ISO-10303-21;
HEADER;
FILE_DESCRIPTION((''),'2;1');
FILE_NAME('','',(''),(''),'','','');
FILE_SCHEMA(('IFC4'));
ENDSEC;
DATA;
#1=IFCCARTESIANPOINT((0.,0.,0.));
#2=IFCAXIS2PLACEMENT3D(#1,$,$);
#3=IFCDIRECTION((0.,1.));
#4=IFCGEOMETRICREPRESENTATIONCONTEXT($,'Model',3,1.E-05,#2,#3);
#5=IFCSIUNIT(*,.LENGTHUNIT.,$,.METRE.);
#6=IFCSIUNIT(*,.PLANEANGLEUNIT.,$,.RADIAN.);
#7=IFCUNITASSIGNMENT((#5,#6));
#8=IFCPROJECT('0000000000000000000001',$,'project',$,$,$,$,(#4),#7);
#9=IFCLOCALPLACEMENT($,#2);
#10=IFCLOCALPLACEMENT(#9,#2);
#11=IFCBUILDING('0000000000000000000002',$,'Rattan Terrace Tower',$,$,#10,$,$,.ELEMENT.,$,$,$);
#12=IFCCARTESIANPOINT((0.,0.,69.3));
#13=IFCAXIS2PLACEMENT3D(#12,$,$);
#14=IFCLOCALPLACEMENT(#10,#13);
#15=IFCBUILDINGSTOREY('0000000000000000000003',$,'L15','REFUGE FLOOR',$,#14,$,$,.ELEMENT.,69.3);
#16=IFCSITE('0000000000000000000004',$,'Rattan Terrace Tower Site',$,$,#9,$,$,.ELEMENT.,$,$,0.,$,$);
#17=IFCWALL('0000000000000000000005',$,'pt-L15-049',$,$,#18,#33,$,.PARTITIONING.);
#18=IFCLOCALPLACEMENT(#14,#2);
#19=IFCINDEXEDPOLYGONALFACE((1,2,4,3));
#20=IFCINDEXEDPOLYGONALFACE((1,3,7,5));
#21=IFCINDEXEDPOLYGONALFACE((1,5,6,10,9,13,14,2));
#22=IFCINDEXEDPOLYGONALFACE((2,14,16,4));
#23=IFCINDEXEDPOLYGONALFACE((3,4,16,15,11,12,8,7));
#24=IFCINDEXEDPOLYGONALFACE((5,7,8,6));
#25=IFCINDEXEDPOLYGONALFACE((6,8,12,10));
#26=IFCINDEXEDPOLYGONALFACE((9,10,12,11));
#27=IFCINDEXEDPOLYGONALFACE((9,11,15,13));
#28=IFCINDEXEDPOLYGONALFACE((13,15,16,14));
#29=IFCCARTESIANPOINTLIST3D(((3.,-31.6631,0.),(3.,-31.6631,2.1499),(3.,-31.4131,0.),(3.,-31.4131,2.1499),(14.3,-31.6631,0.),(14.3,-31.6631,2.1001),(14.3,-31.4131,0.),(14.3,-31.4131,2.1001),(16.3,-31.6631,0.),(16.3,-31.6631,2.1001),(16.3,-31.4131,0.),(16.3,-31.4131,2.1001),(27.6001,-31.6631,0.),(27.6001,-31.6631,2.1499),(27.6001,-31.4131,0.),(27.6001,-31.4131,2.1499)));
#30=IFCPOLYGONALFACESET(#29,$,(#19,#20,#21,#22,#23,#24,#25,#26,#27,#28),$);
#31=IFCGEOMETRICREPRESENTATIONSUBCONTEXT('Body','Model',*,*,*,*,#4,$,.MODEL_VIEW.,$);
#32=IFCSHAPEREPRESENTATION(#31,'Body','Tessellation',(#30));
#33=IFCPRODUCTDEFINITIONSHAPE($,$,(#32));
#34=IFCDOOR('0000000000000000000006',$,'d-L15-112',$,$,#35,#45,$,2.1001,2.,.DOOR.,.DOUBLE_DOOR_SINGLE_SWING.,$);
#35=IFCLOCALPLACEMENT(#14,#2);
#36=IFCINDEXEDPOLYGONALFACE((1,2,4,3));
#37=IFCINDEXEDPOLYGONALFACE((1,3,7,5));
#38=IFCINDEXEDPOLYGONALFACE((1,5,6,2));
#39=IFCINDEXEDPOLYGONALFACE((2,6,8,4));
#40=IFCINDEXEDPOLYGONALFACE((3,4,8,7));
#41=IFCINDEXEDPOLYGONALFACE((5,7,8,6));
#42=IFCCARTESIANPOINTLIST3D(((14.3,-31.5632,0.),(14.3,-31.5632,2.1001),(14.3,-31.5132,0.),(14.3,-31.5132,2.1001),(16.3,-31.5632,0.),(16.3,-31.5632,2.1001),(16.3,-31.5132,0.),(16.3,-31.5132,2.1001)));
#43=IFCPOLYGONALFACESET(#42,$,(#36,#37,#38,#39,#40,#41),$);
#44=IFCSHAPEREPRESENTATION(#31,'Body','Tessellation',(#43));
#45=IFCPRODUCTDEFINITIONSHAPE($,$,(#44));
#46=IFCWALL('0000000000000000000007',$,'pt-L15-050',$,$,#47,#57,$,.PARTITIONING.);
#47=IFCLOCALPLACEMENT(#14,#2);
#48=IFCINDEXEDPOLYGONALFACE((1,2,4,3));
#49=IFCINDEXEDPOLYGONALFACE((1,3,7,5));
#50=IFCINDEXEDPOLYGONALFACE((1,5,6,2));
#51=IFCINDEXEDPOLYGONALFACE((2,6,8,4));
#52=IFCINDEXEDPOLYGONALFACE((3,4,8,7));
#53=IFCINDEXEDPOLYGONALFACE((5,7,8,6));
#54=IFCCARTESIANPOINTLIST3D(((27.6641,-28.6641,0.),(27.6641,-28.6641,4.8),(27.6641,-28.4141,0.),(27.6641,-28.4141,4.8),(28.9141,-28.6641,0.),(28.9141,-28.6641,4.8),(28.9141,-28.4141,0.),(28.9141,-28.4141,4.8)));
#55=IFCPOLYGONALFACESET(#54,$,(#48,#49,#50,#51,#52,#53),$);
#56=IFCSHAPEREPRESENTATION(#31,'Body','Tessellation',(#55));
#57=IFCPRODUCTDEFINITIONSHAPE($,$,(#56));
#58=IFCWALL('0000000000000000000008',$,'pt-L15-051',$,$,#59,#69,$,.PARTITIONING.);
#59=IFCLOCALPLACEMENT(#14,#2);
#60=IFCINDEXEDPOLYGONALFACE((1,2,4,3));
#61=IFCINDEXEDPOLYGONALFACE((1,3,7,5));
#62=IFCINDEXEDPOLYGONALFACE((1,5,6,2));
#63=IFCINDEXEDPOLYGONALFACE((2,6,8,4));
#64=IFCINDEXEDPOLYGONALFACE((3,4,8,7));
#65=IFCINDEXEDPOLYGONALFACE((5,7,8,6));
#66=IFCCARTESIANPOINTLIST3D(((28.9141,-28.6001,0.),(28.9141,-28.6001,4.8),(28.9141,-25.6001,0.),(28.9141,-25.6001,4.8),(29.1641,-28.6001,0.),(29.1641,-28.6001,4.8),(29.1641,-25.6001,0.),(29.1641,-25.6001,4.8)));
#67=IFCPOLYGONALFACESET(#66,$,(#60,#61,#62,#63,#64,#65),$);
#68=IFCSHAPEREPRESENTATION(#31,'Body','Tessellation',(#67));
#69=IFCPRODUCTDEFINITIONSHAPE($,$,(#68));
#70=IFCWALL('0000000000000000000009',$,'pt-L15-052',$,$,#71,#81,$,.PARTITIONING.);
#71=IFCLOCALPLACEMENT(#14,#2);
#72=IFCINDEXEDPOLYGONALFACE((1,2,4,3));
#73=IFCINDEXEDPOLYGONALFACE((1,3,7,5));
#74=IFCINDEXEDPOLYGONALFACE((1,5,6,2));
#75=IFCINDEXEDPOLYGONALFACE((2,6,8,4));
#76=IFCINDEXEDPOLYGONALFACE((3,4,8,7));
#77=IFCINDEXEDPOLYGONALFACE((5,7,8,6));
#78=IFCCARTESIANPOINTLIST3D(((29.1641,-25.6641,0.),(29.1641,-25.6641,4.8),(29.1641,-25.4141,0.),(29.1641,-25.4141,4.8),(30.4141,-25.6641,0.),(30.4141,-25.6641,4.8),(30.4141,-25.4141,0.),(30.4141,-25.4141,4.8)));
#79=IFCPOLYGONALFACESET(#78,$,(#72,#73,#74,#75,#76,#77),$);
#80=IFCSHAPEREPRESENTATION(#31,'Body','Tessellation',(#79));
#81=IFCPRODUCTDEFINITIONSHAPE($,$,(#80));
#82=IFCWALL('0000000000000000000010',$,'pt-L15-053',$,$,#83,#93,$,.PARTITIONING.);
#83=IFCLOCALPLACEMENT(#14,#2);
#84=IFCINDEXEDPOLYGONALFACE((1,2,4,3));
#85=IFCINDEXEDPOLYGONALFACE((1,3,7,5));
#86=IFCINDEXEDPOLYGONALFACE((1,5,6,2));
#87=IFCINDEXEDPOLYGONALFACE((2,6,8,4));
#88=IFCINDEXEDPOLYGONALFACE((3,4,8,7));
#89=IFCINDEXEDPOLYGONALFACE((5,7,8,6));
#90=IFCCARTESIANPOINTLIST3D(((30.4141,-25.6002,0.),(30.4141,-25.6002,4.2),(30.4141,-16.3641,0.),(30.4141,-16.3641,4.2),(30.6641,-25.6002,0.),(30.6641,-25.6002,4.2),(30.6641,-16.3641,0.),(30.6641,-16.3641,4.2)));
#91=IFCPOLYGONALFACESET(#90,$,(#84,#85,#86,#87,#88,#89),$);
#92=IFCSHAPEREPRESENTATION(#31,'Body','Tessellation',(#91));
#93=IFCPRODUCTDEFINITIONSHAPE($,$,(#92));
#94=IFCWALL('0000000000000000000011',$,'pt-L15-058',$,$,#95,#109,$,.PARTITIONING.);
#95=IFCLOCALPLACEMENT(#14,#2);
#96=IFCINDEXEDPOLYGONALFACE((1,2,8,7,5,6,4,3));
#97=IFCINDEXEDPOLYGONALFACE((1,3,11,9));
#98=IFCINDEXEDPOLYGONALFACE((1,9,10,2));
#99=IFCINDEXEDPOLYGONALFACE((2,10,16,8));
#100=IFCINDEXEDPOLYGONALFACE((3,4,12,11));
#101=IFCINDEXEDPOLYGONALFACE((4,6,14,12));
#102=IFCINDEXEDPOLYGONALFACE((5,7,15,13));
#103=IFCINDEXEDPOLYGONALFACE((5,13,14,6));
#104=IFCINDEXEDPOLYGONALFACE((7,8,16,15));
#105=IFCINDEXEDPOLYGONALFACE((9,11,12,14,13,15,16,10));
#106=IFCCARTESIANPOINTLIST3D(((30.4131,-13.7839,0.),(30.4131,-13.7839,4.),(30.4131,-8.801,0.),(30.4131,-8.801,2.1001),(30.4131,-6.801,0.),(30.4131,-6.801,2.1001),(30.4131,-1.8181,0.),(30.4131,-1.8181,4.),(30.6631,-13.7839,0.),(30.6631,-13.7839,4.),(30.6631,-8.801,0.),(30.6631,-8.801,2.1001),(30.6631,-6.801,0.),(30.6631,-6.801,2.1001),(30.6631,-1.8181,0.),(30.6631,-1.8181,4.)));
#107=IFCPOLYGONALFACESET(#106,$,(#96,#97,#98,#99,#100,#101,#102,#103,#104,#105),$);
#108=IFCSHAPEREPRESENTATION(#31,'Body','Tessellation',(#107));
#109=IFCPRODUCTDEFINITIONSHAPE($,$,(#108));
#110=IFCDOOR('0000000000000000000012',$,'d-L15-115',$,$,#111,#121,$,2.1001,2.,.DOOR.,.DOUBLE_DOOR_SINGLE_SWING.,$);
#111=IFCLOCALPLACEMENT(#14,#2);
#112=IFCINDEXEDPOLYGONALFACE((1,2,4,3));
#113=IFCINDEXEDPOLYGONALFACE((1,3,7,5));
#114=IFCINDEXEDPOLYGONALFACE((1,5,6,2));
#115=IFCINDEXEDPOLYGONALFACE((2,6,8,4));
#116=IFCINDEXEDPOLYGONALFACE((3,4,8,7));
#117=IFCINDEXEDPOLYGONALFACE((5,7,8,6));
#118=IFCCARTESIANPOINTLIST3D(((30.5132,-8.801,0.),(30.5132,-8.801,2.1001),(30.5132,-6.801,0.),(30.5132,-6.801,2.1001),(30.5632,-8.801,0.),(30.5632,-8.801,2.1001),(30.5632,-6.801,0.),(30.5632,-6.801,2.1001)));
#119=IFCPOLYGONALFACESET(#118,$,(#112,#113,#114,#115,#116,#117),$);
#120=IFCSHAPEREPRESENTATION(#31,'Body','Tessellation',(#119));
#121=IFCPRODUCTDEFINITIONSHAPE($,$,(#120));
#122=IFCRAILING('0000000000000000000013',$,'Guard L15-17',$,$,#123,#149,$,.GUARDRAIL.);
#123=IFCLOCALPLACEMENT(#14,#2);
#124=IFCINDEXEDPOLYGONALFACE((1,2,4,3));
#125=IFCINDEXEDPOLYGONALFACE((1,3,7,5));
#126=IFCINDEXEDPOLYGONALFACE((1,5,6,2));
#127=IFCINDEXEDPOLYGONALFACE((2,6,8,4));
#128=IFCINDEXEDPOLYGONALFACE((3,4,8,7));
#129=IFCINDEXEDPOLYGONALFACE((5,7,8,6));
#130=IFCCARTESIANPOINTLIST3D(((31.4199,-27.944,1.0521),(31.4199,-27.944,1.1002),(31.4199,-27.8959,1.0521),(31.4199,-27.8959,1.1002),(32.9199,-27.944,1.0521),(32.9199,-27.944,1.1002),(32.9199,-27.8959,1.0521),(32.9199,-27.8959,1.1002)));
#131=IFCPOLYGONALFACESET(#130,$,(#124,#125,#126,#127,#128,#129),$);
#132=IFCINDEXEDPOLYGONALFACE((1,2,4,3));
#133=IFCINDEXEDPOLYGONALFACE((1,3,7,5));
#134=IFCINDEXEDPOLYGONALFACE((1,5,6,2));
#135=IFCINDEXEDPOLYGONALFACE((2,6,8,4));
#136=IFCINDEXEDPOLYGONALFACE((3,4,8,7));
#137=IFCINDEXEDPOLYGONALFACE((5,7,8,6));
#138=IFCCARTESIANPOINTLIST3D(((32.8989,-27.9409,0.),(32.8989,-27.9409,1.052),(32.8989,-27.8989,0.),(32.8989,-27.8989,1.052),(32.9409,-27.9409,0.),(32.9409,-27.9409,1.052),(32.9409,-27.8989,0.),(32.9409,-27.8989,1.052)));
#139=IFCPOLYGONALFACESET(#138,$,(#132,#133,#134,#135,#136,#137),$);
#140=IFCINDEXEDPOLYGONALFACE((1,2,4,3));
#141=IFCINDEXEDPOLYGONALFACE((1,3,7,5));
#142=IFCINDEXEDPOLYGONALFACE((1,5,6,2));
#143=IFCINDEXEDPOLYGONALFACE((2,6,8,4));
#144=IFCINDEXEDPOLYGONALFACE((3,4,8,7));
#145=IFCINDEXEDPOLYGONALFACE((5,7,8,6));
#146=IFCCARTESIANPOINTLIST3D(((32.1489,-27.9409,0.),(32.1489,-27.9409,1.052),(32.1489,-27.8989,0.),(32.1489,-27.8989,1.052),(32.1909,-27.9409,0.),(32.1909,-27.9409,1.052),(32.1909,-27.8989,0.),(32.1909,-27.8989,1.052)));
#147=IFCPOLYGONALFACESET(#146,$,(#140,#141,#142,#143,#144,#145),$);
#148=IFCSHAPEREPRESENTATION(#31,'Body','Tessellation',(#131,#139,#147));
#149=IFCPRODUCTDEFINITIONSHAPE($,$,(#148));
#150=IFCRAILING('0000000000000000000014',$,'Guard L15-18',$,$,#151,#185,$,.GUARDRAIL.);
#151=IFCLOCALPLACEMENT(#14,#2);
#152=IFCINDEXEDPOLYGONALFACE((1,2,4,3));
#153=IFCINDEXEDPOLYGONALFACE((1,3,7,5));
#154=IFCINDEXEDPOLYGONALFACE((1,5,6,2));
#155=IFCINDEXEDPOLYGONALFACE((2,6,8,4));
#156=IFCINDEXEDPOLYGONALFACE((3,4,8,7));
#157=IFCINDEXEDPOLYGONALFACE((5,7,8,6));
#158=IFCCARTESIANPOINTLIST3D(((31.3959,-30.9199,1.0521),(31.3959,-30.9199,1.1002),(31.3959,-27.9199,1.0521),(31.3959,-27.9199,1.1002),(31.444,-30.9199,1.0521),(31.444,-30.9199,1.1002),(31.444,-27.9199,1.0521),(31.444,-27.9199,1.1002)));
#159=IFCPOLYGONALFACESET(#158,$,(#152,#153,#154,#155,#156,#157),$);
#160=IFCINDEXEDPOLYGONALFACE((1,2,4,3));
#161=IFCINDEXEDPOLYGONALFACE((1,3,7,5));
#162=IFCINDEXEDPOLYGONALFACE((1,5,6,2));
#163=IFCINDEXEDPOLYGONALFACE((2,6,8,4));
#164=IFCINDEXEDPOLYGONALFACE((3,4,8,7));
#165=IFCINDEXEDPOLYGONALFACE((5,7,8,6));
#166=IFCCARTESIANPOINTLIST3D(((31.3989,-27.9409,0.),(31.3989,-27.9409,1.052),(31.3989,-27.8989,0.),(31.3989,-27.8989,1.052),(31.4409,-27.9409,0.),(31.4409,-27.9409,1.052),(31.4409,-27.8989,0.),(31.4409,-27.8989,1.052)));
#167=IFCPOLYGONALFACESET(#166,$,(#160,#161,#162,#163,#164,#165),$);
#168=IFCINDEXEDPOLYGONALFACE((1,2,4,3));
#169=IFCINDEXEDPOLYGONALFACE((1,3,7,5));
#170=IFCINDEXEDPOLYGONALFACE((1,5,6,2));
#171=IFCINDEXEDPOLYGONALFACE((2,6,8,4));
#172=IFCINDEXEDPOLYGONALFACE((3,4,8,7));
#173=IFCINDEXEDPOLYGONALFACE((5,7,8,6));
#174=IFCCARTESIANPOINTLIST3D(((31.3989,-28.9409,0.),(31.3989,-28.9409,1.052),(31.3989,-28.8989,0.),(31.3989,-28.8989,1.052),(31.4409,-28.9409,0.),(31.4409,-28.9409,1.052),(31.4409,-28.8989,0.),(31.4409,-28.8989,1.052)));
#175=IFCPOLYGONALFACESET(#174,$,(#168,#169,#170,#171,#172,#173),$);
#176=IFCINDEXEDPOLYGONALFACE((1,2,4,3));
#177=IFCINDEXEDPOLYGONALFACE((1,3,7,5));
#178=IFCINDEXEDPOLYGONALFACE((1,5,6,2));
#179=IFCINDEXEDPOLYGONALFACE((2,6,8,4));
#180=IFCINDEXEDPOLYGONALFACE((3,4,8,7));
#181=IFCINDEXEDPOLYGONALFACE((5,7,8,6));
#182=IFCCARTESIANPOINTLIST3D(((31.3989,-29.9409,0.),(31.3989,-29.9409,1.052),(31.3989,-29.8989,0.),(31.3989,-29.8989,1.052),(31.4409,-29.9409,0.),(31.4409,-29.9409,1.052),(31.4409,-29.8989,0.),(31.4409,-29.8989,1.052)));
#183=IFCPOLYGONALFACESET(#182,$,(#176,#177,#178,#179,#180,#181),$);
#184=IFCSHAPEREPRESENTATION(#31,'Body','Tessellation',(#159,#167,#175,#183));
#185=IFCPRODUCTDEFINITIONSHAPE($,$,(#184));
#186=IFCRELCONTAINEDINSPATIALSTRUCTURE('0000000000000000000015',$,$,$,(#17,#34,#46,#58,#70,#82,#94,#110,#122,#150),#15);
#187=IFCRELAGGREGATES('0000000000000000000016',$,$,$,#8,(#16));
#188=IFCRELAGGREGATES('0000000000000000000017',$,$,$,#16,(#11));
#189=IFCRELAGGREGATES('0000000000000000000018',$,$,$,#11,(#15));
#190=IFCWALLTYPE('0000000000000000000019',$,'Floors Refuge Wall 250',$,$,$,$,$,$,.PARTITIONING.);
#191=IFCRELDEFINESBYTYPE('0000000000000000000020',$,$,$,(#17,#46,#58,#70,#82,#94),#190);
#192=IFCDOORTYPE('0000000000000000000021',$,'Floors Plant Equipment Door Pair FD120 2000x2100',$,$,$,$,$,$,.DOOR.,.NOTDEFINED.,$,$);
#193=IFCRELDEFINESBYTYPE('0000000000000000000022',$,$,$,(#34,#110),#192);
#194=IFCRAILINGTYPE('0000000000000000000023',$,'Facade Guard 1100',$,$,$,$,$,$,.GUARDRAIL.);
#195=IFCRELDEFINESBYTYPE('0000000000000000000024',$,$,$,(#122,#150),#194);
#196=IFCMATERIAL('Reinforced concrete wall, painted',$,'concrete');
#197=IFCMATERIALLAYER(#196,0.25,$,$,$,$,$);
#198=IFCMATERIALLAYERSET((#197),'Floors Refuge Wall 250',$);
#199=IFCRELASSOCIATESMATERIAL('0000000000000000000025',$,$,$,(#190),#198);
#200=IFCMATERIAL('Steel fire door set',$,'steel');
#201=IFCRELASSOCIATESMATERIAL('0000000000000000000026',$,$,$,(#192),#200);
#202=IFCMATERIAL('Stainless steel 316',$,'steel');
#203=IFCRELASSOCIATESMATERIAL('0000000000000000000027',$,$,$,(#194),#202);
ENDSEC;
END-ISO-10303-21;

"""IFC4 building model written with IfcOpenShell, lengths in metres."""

from ifc_helpers import new_model, si_unit, direction, frame, frame_2d, origin, origin_2d, place, context, subcontext, project, spatial, rectangle, extrude, material, layer, layer_set, type_object, element, fill, save


model = new_model("IFC4")

# Units and contexts
model_context = context("Model", 3, precision=1e-05, world=origin(), true_north=direction((0.0, 1.0)))
body_context = subcontext(model_context, "Body", "Model", "MODEL_VIEW")
ifc_project = project(units=[si_unit("LENGTHUNIT", "METRE"), si_unit("PLANEANGLEUNIT", "RADIAN")], contexts=[model_context])

# Site, building, storey
site_placement = place(None, origin())
site = spatial("IfcSite", under=ifc_project, at=site_placement, Name="Rattan Terrace Tower Site", CompositionType="ELEMENT", RefElevation=0.0)
building_placement = place(site_placement, origin())
building = spatial("IfcBuilding", under=site, at=building_placement, Name="Rattan Terrace Tower", CompositionType="ELEMENT")
storey_placement = place(building_placement, frame((0.0, 0.0, 69.3)))
storey = spatial("IfcBuildingStorey", under=building, at=storey_placement, Name="L15", Description="REFUGE FLOOR", CompositionType="ELEMENT", Elevation=69.3)

# Shared definitions
ifc_material_1 = material(Name="Reinforced concrete wall, painted", Category="concrete")
ifc_layer = layer(ifc_material_1, 0.25)
ifc_layer_set = layer_set([ifc_layer], Name="Floors Refuge Wall 250")
wall_type = type_object("IfcWallType", Name="Floors Refuge Wall 250", PredefinedType="PARTITIONING", material=ifc_layer_set)

# Wall, opening, door
wall_1_placement = place(storey_placement, frame((3.0, -31.5381, 0.0), z_axis=(0.0, 0.0, 1.0), x_axis=(1.0, 0.0, 0.0)))
wall_1 = element("IfcWall", 1, at=wall_1_placement, inside=storey, type_object=wall_type, Name="pt-L15-049", PredefinedType="PARTITIONING", context=body_context, shape_type="SweptSolid", body=[
    extrude(rectangle(XDim=24.6001, YDim=0.25, at=frame_2d((12.3, 0.0))), origin(), (0.0, 0.0, 1.0), 2.1499),
])
opening_1_placement = place(wall_1_placement, frame((11.3, 0.0, 0.0)))
opening_1 = element("IfcOpeningElement", 2, at=opening_1_placement, cuts=wall_1, PredefinedType="OPENING", context=body_context, shape_type="SweptSolid", body=[
    extrude(rectangle(XDim=2.0, YDim=2.1001, at=frame_2d((1.0, 1.05))), frame((0.0, 0.1355, 0.0), z_axis=(0.0, -1.0, 0.0), x_axis=(1.0, 0.0, 0.0)), (0.0, 0.0, 1.0), 0.271),
])
ifc_material_2 = material(Name="Steel fire door set", Category="steel")
door_type = type_object("IfcDoorType", Name="Floors Plant Equipment Door Pair FD120 2000x2100", OperationType="NOTDEFINED", PredefinedType="DOOR", material=ifc_material_2)
door_1_placement = place(opening_1_placement, origin())
door_1 = element("IfcDoor", 3, at=door_1_placement, inside=storey, type_object=door_type, Name="d-L15-112", OperationType="DOUBLE_DOOR_SINGLE_SWING", OverallHeight=2.1001, OverallWidth=2.0, PredefinedType="DOOR", context=body_context, shape_type="SweptSolid", body=[
    extrude(rectangle(XDim=2.0, YDim=2.1001, at=frame_2d((1.0, 1.05))), frame((0.0, 0.0249, 0.0), z_axis=(0.0, -1.0, 0.0), x_axis=(1.0, 0.0, 0.0)), (0.0, 0.0, 1.0), 0.05),
])
fill(opening_1, door_1)

# Walls
wall_2_placement = place(storey_placement, frame((28.9141, -28.5391, 0.0), z_axis=(0.0, 0.0, 1.0), x_axis=(-1.0, 0.0, 0.0)))
element("IfcWall", 4, at=wall_2_placement, inside=storey, type_object=wall_type, Name="pt-L15-050", PredefinedType="PARTITIONING", context=body_context, shape_type="SweptSolid", body=[
    extrude(rectangle(XDim=1.25, YDim=0.25, at=frame_2d((0.625, 0.0))), origin(), (0.0, 0.0, 1.0), 4.8),
])
wall_3_placement = place(storey_placement, frame((29.0391, -25.6001, 0.0), z_axis=(0.0, 0.0, 1.0), x_axis=(0.0, -1.0, 0.0)))
element("IfcWall", 5, at=wall_3_placement, inside=storey, type_object=wall_type, Name="pt-L15-051", PredefinedType="PARTITIONING", context=body_context, shape_type="SweptSolid", body=[
    extrude(rectangle(XDim=3.0, YDim=0.25, at=frame_2d((1.5, 0.0))), origin(), (0.0, 0.0, 1.0), 4.8),
])
wall_4_placement = place(storey_placement, frame((30.4141, -25.5391, 0.0), z_axis=(0.0, 0.0, 1.0), x_axis=(-1.0, 0.0, 0.0)))
element("IfcWall", 6, at=wall_4_placement, inside=storey, type_object=wall_type, Name="pt-L15-052", PredefinedType="PARTITIONING", context=body_context, shape_type="SweptSolid", body=[
    extrude(rectangle(XDim=1.25, YDim=0.25, at=frame_2d((0.625, 0.0))), origin(), (0.0, 0.0, 1.0), 4.8),
])
wall_5_placement = place(storey_placement, frame((30.5391, -16.364, 0.0), z_axis=(0.0, 0.0, 1.0), x_axis=(0.0, -1.0, 0.0)))
element("IfcWall", 7, at=wall_5_placement, inside=storey, type_object=wall_type, Name="pt-L15-053", PredefinedType="PARTITIONING", context=body_context, shape_type="SweptSolid", body=[
    extrude(rectangle(XDim=9.2361, YDim=0.25, at=frame_2d((4.6182, 0.0))), origin(), (0.0, 0.0, 1.0), 4.2),
])

# Wall, opening, door
wall_6_placement = place(storey_placement, frame((30.5381, -13.7839, 0.0), z_axis=(0.0, 0.0, 1.0), x_axis=(0.0, 1.0, 0.0)))
wall_6 = element("IfcWall", 8, at=wall_6_placement, inside=storey, type_object=wall_type, Name="pt-L15-058", PredefinedType="PARTITIONING", context=body_context, shape_type="SweptSolid", body=[
    extrude(rectangle(XDim=11.9658, YDim=0.25, at=frame_2d((5.9829, 0.0))), origin(), (0.0, 0.0, 1.0), 4.0),
])
opening_2_placement = place(wall_6_placement, frame((4.9829, 0.0, 0.0)))
opening_2 = element("IfcOpeningElement", 9, at=opening_2_placement, cuts=wall_6, PredefinedType="OPENING", context=body_context, shape_type="SweptSolid", body=[
    extrude(rectangle(XDim=2.0, YDim=2.1001, at=frame_2d((1.0, 1.05))), frame((0.0, 0.1355, 0.0), z_axis=(0.0, -1.0, 0.0), x_axis=(1.0, 0.0, 0.0)), (0.0, 0.0, 1.0), 0.271),
])
door_2_placement = place(opening_2_placement, origin())
door_2 = element("IfcDoor", 10, at=door_2_placement, inside=storey, type_object=door_type, Name="d-L15-115", OperationType="DOUBLE_DOOR_SINGLE_SWING", OverallHeight=2.1001, OverallWidth=2.0, PredefinedType="DOOR", context=body_context, shape_type="SweptSolid", body=[
    extrude(rectangle(XDim=2.0, YDim=2.1001, at=frame_2d((1.0, 1.05))), frame((0.0, 0.0249, 0.0), z_axis=(0.0, -1.0, 0.0), x_axis=(1.0, 0.0, 0.0)), (0.0, 0.0, 1.0), 0.05),
])
fill(opening_2, door_2)

# Railings
ifc_material_3 = material(Name="Stainless steel 316", Category="steel")
railing_type = type_object("IfcRailingType", Name="Facade Guard 1100", PredefinedType="GUARDRAIL", material=ifc_material_3)
railing_1_placement = place(storey_placement, frame((32.9199, -27.9199, 0.0)))
element("IfcRailing", 11, at=railing_1_placement, inside=storey, type_object=railing_type, Name="Guard L15-17", PredefinedType="GUARDRAIL", context=body_context, shape_type="SweptSolid", body=[
    extrude(rectangle(XDim=0.0481, YDim=0.0481, at=origin_2d()), frame((0.0, 0.0, 1.0762), z_axis=(-1.0, 0.0, 0.0), x_axis=(0.0, -1.0, 0.0)), (0.0, 0.0, 1.0), 1.5),
    extrude(rectangle(XDim=0.042, YDim=0.042, at=origin_2d()), origin(), (0.0, 0.0, 1.0), 1.052),
    extrude(rectangle(XDim=0.042, YDim=0.042, at=origin_2d()), frame((-0.75, 0.0, 0.0)), (0.0, 0.0, 1.0), 1.052),
])
railing_2_placement = place(storey_placement, frame((31.4199, -27.9199, 0.0)))
element("IfcRailing", 12, at=railing_2_placement, inside=storey, type_object=railing_type, Name="Guard L15-18", PredefinedType="GUARDRAIL", context=body_context, shape_type="SweptSolid", body=[
    extrude(rectangle(XDim=0.0481, YDim=0.0481, at=origin_2d()), frame((0.0, 0.0, 1.0762), z_axis=(0.0, -1.0, 0.0), x_axis=(1.0, 0.0, 0.0)), (0.0, 0.0, 1.0), 3.0),
    extrude(rectangle(XDim=0.042, YDim=0.042, at=origin_2d()), origin(), (0.0, 0.0, 1.0), 1.052),
    extrude(rectangle(XDim=0.042, YDim=0.042, at=origin_2d()), frame((0.0, -1.0, 0.0)), (0.0, 0.0, 1.0), 1.052),
    extrude(rectangle(XDim=0.042, YDim=0.042, at=origin_2d()), frame((0.0, -2.0, 0.0)), (0.0, 0.0, 1.0), 1.052),
])

save(model, "model.ifc")
